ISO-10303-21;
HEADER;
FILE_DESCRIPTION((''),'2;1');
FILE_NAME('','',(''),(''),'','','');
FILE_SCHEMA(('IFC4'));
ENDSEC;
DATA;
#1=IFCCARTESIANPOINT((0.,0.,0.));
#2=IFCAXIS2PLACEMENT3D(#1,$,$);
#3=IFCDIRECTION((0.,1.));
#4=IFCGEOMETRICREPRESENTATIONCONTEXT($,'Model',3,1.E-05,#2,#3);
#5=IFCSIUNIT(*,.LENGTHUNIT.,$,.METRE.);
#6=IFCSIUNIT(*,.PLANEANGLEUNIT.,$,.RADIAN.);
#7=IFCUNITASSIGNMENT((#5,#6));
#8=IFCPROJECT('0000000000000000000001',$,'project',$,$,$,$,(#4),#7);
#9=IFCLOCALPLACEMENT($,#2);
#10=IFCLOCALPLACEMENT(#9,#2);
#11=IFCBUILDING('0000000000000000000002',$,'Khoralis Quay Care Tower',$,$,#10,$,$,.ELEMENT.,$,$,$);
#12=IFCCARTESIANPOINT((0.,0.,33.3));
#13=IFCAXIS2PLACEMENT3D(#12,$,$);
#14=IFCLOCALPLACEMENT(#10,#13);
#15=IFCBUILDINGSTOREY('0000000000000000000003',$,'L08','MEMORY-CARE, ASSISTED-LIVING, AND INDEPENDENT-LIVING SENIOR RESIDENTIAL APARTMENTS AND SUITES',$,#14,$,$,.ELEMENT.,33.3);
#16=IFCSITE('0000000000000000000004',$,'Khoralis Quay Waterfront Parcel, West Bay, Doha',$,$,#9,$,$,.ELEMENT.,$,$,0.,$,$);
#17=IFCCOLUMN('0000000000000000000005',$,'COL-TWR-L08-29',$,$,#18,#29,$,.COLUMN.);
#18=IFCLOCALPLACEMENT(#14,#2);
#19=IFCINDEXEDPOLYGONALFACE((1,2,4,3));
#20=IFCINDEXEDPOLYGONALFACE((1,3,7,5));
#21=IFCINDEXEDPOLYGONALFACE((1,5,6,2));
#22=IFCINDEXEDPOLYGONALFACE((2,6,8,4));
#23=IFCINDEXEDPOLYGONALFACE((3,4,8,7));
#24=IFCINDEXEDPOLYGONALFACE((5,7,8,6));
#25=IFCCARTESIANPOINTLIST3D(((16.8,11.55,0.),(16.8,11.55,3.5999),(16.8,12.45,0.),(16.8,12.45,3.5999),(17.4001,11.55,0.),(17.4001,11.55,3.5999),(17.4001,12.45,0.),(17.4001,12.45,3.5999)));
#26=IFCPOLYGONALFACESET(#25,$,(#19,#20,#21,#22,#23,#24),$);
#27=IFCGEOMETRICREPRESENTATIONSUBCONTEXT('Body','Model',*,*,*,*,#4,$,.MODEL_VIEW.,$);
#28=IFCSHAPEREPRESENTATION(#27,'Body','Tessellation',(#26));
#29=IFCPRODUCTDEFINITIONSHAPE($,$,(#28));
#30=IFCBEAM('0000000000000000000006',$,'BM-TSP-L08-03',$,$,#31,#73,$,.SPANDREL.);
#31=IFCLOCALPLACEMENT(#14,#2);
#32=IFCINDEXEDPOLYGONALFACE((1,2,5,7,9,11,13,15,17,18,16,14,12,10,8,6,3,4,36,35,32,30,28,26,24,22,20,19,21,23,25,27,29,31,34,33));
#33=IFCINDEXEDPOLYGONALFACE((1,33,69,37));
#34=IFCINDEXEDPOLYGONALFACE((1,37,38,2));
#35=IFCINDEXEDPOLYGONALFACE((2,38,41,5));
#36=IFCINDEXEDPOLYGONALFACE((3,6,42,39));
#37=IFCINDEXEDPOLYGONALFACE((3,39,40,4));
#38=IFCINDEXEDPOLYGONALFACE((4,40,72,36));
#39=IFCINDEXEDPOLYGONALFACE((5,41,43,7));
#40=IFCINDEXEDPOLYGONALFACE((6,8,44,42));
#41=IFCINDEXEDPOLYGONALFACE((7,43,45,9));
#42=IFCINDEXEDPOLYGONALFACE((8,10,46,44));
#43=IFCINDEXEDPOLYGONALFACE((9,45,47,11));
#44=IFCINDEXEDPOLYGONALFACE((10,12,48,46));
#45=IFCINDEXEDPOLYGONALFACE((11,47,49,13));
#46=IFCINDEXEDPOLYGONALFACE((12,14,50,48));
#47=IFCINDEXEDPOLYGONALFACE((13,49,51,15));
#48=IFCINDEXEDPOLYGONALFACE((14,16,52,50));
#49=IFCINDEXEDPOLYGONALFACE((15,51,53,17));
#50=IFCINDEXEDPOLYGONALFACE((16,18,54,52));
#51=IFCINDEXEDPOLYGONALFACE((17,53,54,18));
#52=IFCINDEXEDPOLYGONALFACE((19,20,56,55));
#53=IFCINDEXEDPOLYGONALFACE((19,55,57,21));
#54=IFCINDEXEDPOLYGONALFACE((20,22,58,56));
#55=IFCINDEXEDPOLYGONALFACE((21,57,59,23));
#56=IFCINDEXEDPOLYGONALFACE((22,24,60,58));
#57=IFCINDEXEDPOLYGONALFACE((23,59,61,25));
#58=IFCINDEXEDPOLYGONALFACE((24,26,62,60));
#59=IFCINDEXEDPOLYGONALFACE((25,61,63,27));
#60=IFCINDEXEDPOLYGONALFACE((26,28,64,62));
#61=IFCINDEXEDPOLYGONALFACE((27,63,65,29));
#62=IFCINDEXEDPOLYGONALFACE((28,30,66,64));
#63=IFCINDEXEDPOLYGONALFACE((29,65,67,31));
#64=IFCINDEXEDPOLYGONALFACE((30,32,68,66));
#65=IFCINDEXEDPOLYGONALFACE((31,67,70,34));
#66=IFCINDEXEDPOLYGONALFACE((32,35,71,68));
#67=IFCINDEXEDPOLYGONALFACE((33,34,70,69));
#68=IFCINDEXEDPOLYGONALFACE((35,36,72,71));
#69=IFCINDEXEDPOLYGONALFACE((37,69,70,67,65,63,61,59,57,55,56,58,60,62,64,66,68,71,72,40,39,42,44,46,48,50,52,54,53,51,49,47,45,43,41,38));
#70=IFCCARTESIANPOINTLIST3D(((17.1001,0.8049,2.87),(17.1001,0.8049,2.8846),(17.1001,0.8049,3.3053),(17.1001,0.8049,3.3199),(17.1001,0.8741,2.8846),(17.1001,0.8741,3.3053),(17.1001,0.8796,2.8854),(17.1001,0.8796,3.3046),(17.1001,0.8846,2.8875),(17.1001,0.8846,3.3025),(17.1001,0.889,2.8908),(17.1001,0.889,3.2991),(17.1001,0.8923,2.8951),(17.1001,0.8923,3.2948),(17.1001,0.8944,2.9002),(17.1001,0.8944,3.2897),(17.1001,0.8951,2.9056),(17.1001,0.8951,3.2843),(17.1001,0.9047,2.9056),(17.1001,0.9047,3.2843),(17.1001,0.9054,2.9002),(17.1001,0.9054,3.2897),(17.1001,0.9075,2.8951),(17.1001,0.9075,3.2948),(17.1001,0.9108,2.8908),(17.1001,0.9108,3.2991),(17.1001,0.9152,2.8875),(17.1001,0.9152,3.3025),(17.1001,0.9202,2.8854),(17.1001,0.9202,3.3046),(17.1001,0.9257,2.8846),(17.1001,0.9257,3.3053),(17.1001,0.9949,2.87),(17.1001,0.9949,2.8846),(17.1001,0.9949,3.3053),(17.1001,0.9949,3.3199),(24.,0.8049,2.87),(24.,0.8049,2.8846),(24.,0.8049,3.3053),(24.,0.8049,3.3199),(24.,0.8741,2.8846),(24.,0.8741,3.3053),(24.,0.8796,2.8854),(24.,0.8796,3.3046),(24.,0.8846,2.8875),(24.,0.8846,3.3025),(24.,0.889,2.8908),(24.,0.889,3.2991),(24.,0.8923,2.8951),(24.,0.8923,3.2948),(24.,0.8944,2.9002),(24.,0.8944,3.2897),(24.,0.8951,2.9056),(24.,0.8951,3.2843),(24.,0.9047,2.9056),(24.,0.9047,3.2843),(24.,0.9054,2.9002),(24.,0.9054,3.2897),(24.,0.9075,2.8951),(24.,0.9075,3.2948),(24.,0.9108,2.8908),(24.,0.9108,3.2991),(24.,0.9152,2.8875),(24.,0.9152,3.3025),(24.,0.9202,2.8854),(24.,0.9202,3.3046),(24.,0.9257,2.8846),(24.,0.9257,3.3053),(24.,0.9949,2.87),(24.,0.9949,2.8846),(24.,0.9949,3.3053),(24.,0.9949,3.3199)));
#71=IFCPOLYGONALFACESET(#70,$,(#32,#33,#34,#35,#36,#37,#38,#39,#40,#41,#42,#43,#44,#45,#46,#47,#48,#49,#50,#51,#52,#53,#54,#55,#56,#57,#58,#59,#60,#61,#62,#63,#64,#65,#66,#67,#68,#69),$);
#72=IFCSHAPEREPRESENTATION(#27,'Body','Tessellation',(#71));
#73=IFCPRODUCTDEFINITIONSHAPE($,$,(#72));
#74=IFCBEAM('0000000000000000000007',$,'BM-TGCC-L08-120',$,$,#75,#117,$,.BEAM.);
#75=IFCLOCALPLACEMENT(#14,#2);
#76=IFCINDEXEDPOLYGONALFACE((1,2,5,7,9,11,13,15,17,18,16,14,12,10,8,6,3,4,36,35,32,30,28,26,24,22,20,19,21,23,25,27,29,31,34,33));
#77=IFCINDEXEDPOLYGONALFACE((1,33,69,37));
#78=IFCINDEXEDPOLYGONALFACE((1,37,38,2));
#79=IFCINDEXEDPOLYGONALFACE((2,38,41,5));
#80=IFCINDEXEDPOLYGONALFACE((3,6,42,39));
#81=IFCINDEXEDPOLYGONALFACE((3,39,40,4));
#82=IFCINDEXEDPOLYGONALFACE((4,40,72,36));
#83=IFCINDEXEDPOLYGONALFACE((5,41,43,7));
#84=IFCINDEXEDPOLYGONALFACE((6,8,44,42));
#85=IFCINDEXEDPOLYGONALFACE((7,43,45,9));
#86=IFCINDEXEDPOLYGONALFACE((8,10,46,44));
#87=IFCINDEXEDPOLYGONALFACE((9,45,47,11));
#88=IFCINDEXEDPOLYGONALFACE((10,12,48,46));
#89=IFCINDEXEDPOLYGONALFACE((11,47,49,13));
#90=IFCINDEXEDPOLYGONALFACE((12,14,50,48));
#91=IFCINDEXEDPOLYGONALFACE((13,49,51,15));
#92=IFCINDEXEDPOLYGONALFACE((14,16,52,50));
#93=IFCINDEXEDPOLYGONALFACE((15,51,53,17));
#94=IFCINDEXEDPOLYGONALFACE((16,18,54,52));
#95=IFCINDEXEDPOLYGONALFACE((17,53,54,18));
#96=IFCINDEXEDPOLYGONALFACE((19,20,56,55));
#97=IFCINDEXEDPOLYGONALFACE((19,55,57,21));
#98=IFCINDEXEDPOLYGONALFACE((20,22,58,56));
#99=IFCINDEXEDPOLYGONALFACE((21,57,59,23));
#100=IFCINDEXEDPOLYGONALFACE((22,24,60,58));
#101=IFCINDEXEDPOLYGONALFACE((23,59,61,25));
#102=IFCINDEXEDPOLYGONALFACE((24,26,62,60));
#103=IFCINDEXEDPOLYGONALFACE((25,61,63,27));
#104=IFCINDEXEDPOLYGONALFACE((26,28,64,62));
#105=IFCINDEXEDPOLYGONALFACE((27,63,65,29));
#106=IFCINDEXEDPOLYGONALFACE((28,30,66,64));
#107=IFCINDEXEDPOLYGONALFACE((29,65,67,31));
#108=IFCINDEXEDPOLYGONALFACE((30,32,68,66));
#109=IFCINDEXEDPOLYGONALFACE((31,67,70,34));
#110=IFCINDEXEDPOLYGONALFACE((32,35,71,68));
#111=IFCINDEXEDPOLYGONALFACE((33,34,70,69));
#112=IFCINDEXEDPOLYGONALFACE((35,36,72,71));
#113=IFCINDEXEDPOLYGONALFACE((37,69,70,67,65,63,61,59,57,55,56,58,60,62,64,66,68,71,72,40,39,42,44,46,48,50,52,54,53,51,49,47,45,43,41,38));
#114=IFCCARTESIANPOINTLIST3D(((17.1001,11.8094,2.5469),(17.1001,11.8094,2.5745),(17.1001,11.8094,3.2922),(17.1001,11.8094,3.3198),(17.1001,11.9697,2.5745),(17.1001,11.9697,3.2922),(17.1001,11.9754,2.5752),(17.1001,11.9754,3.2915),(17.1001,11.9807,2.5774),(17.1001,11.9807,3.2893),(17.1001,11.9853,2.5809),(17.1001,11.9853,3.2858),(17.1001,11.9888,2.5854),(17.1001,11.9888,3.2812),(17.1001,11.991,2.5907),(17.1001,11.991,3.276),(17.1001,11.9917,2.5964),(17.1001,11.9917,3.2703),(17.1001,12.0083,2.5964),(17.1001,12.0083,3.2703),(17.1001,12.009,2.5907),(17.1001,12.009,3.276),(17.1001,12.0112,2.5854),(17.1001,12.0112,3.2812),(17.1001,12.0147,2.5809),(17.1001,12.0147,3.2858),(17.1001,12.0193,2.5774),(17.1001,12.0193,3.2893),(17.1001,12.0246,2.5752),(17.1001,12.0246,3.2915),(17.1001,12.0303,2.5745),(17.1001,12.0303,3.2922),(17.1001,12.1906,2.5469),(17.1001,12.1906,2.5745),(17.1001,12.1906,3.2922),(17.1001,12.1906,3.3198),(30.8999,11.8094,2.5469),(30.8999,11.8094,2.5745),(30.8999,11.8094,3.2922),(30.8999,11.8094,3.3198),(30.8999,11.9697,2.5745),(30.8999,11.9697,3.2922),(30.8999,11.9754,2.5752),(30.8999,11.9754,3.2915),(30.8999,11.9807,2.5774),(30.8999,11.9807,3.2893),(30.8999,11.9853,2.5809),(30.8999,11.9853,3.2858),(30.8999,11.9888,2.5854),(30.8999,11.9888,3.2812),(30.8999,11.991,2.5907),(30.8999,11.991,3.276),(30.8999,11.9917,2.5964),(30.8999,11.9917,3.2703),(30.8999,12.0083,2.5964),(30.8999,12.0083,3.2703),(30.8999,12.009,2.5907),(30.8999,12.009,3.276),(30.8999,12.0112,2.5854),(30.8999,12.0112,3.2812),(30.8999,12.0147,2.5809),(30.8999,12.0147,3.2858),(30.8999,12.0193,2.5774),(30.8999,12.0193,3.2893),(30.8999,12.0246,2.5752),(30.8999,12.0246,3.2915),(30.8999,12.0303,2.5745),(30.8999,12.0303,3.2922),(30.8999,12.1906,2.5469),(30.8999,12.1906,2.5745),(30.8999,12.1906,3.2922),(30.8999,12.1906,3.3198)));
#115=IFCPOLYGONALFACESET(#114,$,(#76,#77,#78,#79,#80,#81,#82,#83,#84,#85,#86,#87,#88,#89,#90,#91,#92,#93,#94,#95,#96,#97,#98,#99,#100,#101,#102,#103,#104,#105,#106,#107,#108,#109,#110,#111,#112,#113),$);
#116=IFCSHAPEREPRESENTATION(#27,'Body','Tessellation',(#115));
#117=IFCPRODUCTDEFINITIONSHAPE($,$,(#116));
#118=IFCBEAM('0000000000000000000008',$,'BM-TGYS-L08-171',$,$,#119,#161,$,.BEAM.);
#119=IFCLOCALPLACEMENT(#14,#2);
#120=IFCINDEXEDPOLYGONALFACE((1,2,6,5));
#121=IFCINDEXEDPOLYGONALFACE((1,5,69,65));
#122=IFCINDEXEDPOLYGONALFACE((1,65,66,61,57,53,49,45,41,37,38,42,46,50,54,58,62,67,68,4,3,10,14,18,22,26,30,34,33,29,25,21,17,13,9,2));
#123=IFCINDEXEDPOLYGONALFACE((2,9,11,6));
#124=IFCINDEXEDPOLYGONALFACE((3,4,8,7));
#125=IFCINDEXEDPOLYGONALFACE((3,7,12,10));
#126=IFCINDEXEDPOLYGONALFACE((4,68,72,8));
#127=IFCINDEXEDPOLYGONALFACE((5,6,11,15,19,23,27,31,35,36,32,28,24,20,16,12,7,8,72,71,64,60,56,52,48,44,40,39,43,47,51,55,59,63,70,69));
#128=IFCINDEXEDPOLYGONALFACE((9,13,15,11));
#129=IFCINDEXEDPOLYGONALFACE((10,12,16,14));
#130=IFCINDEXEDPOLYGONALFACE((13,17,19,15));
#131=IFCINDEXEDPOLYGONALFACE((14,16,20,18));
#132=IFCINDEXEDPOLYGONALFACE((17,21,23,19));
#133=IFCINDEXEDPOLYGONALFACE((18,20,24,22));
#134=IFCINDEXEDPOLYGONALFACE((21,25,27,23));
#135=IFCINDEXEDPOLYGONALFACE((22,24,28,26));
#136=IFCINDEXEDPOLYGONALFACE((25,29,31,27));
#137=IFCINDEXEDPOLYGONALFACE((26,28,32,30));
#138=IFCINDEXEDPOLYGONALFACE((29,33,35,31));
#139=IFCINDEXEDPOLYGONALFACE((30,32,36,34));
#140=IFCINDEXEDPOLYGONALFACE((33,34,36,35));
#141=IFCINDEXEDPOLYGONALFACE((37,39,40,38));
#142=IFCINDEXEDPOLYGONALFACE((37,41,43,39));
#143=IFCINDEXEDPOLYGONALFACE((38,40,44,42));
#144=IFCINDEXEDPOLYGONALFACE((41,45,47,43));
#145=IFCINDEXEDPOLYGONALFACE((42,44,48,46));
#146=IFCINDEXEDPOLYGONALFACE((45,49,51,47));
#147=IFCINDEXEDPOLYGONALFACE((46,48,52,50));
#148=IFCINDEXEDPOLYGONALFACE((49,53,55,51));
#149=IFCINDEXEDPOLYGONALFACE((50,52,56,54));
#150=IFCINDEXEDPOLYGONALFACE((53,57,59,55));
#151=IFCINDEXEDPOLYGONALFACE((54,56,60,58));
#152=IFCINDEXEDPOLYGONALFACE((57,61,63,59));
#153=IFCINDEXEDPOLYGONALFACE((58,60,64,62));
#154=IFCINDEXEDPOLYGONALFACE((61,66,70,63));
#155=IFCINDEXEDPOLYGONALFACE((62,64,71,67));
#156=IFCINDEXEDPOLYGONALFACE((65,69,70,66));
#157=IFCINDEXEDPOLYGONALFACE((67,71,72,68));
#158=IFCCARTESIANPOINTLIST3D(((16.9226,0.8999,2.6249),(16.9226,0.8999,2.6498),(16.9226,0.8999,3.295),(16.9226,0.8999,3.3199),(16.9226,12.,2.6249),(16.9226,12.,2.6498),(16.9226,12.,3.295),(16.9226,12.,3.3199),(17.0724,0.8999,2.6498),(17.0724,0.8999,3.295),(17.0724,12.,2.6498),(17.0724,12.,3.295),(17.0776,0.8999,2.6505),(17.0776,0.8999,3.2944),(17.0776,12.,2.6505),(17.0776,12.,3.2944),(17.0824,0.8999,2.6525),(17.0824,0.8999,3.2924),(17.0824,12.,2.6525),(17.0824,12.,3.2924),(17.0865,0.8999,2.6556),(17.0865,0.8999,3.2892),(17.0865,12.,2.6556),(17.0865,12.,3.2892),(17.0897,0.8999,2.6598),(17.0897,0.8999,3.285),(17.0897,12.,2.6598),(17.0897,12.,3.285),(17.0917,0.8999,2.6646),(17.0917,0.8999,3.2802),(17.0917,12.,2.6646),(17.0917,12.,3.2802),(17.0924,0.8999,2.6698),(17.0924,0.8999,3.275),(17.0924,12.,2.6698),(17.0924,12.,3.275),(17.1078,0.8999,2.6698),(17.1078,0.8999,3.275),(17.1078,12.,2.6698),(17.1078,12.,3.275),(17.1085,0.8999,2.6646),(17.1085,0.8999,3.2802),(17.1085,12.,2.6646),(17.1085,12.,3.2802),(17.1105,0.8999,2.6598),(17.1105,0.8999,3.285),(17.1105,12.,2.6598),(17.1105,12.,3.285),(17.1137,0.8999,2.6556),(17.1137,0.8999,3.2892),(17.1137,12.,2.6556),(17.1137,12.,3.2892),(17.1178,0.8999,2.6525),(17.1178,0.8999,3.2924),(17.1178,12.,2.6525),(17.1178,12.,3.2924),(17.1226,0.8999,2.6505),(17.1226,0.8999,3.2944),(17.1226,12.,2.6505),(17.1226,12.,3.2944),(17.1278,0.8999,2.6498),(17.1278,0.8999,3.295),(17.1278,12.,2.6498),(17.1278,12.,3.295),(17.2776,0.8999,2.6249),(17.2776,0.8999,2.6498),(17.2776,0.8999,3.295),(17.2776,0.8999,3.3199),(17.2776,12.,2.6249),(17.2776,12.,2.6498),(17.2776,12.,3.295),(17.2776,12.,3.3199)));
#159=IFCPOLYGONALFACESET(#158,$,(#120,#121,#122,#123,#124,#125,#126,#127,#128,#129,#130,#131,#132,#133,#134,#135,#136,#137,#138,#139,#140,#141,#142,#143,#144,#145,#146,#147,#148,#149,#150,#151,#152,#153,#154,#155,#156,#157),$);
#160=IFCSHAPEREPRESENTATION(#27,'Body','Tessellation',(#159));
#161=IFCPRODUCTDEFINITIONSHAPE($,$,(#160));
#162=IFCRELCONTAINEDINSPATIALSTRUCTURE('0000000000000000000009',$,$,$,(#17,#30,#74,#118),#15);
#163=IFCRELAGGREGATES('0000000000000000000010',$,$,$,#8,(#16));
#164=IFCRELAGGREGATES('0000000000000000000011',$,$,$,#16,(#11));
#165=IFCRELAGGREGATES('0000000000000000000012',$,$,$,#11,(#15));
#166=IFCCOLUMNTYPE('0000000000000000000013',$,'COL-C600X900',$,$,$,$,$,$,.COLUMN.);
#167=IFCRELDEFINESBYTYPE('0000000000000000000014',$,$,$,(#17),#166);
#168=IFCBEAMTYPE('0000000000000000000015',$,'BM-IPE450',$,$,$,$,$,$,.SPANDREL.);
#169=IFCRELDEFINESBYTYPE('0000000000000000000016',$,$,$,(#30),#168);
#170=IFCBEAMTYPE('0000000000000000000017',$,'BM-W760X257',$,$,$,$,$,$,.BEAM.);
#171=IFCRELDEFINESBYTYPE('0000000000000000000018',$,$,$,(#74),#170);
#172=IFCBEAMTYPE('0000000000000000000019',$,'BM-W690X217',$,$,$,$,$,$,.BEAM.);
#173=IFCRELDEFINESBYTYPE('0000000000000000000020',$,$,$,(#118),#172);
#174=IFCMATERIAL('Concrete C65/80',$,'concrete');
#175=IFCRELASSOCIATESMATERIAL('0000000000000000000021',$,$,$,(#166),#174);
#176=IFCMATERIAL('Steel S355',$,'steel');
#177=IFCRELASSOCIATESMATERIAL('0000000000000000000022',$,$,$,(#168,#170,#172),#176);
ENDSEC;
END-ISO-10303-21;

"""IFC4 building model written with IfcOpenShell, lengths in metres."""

from ifc_helpers import new_model, si_unit, direction, frame, origin, origin_2d, place, context, subcontext, project, spatial, rectangle, i_section, extrude, source, transform, mapped, material, material_profile, profile_set, type_object, element, save


model = new_model("IFC4")

# Units and contexts
model_context = context("Model", 3, precision=1e-05, world=origin(), true_north=direction((0.0, 1.0)))
body_context = subcontext(model_context, "Body", "Model", "MODEL_VIEW")
ifc_project = project(units=[si_unit("LENGTHUNIT", "METRE"), si_unit("PLANEANGLEUNIT", "RADIAN")], contexts=[model_context])

# Site, building, storey
site_placement = place(None, origin())
site = spatial("IfcSite", under=ifc_project, at=site_placement, Name="Khoralis Quay Waterfront Parcel, West Bay, Doha", CompositionType="ELEMENT", RefElevation=0.0)
building_placement = place(site_placement, origin())
building = spatial("IfcBuilding", under=site, at=building_placement, Name="Khoralis Quay Care Tower", CompositionType="ELEMENT")
storey_placement = place(building_placement, frame((0.0, 0.0, 33.3)))
storey = spatial("IfcBuildingStorey", under=building, at=storey_placement, Name="L08", Description="MEMORY-CARE, ASSISTED-LIVING, AND INDEPENDENT-LIVING SENIOR RESIDENTIAL APARTMENTS AND SUITES", CompositionType="ELEMENT", Elevation=33.3)

# Column
ifc_material_1 = material(Name="Concrete C65/80", Category="concrete")
ifc_material_profile_1 = material_profile(ifc_material_1, rectangle(XDim=0.6001, YDim=0.8999, at=origin_2d()), Name="Concrete C65/80")
ifc_profile_set_1 = profile_set([ifc_material_profile_1], Name="Concrete C65/80")
column_type = type_object("IfcColumnType", Name="COL-C600X900", PredefinedType="COLUMN", material=ifc_profile_set_1)
shared_shape_1 = source(origin(), body_context, "Body", "SweptSolid", [
    extrude(rectangle(XDim=0.6001, YDim=0.8999, at=origin_2d()), origin(), (0.0, 0.0, 1.0), 3.5999),
])
column_placement = place(storey_placement, frame((17.1001, 12.0, 0.0), z_axis=(0.0, 0.0, 1.0), x_axis=(1.0, 0.0, 0.0)))
element("IfcColumn", 1, at=column_placement, inside=storey, type_object=column_type, Name="COL-TWR-L08-29", PredefinedType="COLUMN", context=body_context, shape_type="MappedRepresentation", body=[
    mapped(shared_shape_1, transform((0.0, 0.0, 0.0), scale=1.0)),
])

# Beams
ifc_material_2 = material(Name="Steel S355", Category="steel")
ifc_material_profile_2 = material_profile(ifc_material_2, i_section(OverallWidth=0.1899, OverallDepth=0.45, WebThickness=0.0095, FlangeThickness=0.0146, FilletRadius=0.021, at=origin_2d()), Name="Steel S355")
ifc_profile_set_2 = profile_set([ifc_material_profile_2], Name="Steel S355")
beam_type_1 = type_object("IfcBeamType", Name="BM-IPE450", PredefinedType="SPANDREL", material=ifc_profile_set_2)
shared_shape_2 = source(origin(), body_context, "Body", "SweptSolid", [
    extrude(i_section(OverallWidth=0.1899, OverallDepth=0.45, WebThickness=0.0095, FlangeThickness=0.0146, FilletRadius=0.021, at=origin_2d()), origin(), (0.0, 0.0, 1.0), 6.8999),
])
beam_1_placement = place(storey_placement, frame((17.1001, 0.8999, 3.095), z_axis=(1.0, 0.0, 0.0), x_axis=(0.0, 1.0, 0.0)))
element("IfcBeam", 2, at=beam_1_placement, inside=storey, type_object=beam_type_1, Name="BM-TSP-L08-03", PredefinedType="SPANDREL", context=body_context, shape_type="MappedRepresentation", body=[
    mapped(shared_shape_2, transform((0.0, 0.0, 0.0), scale=1.0)),
])
ifc_material_profile_3 = material_profile(ifc_material_2, i_section(OverallWidth=0.3811, OverallDepth=0.7729, WebThickness=0.0166, FlangeThickness=0.0276, FilletRadius=0.022, at=origin_2d()), Name="Steel S355")
ifc_profile_set_3 = profile_set([ifc_material_profile_3], Name="Steel S355")
beam_type_2 = type_object("IfcBeamType", Name="BM-W760X257", PredefinedType="BEAM", material=ifc_profile_set_3)
shared_shape_3 = source(origin(), body_context, "Body", "SweptSolid", [
    extrude(i_section(OverallWidth=0.3811, OverallDepth=0.7729, WebThickness=0.0166, FlangeThickness=0.0276, FilletRadius=0.022, at=origin_2d()), origin(), (0.0, 0.0, 1.0), 13.7998),
])
beam_2_placement = place(storey_placement, frame((17.1001, 12.0, 2.9333), z_axis=(1.0, 0.0, 0.0), x_axis=(0.0, 1.0, 0.0)))
element("IfcBeam", 3, at=beam_2_placement, inside=storey, type_object=beam_type_2, Name="BM-TGCC-L08-120", PredefinedType="BEAM", context=body_context, shape_type="MappedRepresentation", body=[
    mapped(shared_shape_3, transform((0.0, 0.0, 0.0), scale=1.0)),
])
ifc_material_profile_4 = material_profile(ifc_material_2, i_section(OverallWidth=0.355, OverallDepth=0.6951, WebThickness=0.0154, FlangeThickness=0.0249, FilletRadius=0.02, at=origin_2d()), Name="Steel S355")
ifc_profile_set_4 = profile_set([ifc_material_profile_4], Name="Steel S355")
beam_type_3 = type_object("IfcBeamType", Name="BM-W690X217", PredefinedType="BEAM", material=ifc_profile_set_4)
shared_shape_4 = source(origin(), body_context, "Body", "SweptSolid", [
    extrude(i_section(OverallWidth=0.355, OverallDepth=0.6951, WebThickness=0.0154, FlangeThickness=0.0249, FilletRadius=0.02, at=origin_2d()), origin(), (0.0, 0.0, 1.0), 11.1001),
])
beam_3_placement = place(storey_placement, frame((17.1001, 0.8999, 2.9724), z_axis=(0.0, 1.0, 0.0), x_axis=(-1.0, 0.0, 0.0)))
element("IfcBeam", 4, at=beam_3_placement, inside=storey, type_object=beam_type_3, Name="BM-TGYS-L08-171", PredefinedType="BEAM", context=body_context, shape_type="MappedRepresentation", body=[
    mapped(shared_shape_4, transform((0.0, 0.0, 0.0), scale=1.0)),
])

save(model, "model.ifc")
